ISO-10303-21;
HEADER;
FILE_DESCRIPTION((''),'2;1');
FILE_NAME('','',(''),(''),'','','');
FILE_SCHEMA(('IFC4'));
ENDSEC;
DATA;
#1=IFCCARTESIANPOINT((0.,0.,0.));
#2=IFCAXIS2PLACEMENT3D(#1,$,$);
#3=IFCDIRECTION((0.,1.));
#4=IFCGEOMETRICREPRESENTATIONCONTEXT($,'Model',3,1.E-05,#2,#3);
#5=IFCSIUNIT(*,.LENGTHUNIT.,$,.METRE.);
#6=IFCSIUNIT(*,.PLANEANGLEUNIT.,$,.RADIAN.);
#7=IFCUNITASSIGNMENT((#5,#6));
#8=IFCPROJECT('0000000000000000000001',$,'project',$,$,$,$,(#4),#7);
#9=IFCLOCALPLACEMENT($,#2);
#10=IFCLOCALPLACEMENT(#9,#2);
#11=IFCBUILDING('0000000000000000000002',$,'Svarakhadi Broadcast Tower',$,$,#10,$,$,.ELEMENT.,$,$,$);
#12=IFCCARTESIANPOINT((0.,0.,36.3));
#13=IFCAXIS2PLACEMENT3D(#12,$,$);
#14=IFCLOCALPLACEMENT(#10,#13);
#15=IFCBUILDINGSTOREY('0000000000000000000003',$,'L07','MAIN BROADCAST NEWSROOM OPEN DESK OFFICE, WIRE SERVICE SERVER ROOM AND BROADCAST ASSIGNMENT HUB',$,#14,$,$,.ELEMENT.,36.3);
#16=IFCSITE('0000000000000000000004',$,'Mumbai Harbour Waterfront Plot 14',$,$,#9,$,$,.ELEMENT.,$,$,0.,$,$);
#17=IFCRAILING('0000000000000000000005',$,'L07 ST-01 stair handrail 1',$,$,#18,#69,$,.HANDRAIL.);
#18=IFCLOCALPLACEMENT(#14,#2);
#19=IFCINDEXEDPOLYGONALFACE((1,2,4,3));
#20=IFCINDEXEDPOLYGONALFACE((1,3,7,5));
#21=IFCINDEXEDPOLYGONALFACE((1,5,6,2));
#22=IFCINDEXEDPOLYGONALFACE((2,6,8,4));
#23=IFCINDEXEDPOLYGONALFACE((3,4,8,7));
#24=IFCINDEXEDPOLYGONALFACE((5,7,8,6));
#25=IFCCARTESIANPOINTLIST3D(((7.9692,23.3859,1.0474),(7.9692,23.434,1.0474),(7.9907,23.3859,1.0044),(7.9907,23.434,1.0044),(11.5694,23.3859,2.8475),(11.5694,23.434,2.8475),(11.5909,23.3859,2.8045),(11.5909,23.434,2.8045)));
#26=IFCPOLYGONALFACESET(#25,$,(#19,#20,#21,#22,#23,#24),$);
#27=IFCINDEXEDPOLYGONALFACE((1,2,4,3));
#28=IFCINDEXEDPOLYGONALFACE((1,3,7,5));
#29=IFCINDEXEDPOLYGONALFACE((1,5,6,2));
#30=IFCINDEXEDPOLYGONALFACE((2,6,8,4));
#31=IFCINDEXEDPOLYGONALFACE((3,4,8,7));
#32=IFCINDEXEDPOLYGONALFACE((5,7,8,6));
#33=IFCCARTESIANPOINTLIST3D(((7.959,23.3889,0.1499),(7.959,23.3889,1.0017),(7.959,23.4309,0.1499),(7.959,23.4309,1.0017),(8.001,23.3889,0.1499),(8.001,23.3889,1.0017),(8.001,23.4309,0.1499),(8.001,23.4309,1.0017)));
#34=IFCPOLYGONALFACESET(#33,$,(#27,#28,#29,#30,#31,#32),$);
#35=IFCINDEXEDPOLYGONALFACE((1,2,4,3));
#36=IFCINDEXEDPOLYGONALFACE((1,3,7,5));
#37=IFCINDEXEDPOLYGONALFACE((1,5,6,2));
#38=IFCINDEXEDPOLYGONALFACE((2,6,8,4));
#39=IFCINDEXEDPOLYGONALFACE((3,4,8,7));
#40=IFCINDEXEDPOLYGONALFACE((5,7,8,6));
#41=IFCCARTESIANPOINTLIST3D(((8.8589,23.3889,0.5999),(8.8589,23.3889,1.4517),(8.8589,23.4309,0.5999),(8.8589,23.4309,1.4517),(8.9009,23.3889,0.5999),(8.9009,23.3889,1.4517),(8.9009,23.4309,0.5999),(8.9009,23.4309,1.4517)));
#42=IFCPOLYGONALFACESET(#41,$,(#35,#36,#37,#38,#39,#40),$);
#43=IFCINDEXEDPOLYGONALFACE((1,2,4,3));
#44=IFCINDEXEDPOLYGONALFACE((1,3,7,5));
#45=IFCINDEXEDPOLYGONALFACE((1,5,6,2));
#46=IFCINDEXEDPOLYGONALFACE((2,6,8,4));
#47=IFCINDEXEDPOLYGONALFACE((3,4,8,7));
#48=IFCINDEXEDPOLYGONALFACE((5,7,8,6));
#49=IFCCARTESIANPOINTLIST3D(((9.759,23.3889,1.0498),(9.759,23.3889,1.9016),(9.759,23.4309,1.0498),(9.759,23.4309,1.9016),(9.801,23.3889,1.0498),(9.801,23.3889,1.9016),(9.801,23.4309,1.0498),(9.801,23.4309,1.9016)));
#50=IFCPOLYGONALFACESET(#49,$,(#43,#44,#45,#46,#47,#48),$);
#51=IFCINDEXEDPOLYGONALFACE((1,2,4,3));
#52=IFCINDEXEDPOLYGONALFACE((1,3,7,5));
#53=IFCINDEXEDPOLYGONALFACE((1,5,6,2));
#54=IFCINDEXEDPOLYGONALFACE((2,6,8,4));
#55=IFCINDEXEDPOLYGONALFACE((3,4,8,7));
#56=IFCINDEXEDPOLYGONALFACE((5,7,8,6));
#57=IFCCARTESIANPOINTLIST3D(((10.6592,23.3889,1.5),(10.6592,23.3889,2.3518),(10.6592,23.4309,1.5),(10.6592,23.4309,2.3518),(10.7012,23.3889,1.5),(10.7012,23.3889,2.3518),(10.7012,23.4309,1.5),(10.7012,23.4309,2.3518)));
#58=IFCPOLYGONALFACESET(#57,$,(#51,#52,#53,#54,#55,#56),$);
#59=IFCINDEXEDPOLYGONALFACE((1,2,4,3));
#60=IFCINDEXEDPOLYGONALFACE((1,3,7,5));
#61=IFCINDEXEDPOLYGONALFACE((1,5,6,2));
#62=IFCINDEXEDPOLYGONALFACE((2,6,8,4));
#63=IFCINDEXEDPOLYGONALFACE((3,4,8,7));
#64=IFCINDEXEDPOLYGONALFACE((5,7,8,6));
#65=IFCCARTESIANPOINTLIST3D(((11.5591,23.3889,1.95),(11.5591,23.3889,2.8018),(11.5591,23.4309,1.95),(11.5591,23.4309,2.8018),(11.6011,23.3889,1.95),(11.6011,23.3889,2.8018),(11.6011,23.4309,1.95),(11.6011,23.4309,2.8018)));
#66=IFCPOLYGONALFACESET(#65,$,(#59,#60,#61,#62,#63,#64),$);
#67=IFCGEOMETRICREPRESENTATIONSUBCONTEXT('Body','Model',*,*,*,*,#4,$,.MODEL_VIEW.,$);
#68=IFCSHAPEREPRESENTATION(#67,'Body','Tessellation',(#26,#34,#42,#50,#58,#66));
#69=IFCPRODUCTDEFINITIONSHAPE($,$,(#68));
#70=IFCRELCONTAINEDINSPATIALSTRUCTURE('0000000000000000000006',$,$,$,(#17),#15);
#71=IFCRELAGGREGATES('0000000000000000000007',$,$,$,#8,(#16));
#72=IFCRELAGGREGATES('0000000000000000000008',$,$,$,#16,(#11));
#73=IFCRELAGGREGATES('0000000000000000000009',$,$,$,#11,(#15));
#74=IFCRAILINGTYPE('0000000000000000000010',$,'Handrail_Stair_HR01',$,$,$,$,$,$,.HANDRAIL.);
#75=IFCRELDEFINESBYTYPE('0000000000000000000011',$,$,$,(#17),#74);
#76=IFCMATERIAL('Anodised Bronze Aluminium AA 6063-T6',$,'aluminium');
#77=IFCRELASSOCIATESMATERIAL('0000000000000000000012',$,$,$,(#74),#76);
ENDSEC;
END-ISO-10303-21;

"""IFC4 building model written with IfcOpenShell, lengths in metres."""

from ifc_helpers import new_model, si_unit, direction, frame, origin, origin_2d, place, context, subcontext, project, spatial, rectangle, extrude, material, type_object, element, save


model = new_model("IFC4")

# Units and contexts
model_context = context("Model", 3, precision=1e-05, world=origin(), true_north=direction((0.0, 1.0)))
body_context = subcontext(model_context, "Body", "Model", "MODEL_VIEW")
ifc_project = project(units=[si_unit("LENGTHUNIT", "METRE"), si_unit("PLANEANGLEUNIT", "RADIAN")], contexts=[model_context])

# Site, building, storey
site_placement = place(None, origin())
site = spatial("IfcSite", under=ifc_project, at=site_placement, Name="Mumbai Harbour Waterfront Plot 14", CompositionType="ELEMENT", RefElevation=0.0)
building_placement = place(site_placement, origin())
building = spatial("IfcBuilding", under=site, at=building_placement, Name="Svarakhadi Broadcast Tower", CompositionType="ELEMENT")
storey_placement = place(building_placement, frame((0.0, 0.0, 36.3)))
storey = spatial("IfcBuildingStorey", under=building, at=storey_placement, Name="L07", Description="MAIN BROADCAST NEWSROOM OPEN DESK OFFICE, WIRE SERVICE SERVER ROOM AND BROADCAST ASSIGNMENT HUB", CompositionType="ELEMENT", Elevation=36.3)

# Railing
ifc_material_1 = material(Name="Anodised Bronze Aluminium AA 6063-T6", Category="aluminium")
railing_type = type_object("IfcRailingType", Name="Handrail_Stair_HR01", PredefinedType="HANDRAIL", material=ifc_material_1)
railing_placement = place(storey_placement, frame((7.98, 23.4099, 0.1499)))
element("IfcRailing", 1, at=railing_placement, inside=storey, type_object=railing_type, Name="L07 ST-01 stair handrail 1", PredefinedType="HANDRAIL", context=body_context, shape_type="SweptSolid", body=[
    extrude(rectangle(XDim=0.0481, YDim=0.0481, at=origin_2d()), frame((0.0, 0.0, 0.876), z_axis=(0.894427, 0.0, 0.447214), x_axis=(0.0, 1.0, 0.0)), (0.0, 0.0, 1.0), 4.0251),
    extrude(rectangle(XDim=0.042, YDim=0.042, at=origin_2d()), origin(), (0.0, 0.0, 1.0), 0.8518),
    extrude(rectangle(XDim=0.042, YDim=0.042, at=origin_2d()), frame((0.8999, 0.0, 0.45)), (0.0, 0.0, 1.0), 0.8518),
    extrude(rectangle(XDim=0.042, YDim=0.042, at=origin_2d()), frame((1.8, 0.0, 0.8999)), (0.0, 0.0, 1.0), 0.8518),
    extrude(rectangle(XDim=0.042, YDim=0.042, at=origin_2d()), frame((2.7002, 0.0, 1.3501)), (0.0, 0.0, 1.0), 0.8518),
    extrude(rectangle(XDim=0.042, YDim=0.042, at=origin_2d()), frame((3.6001, 0.0, 1.8)), (0.0, 0.0, 1.0), 0.8518),
])

save(model, "model.ifc")
